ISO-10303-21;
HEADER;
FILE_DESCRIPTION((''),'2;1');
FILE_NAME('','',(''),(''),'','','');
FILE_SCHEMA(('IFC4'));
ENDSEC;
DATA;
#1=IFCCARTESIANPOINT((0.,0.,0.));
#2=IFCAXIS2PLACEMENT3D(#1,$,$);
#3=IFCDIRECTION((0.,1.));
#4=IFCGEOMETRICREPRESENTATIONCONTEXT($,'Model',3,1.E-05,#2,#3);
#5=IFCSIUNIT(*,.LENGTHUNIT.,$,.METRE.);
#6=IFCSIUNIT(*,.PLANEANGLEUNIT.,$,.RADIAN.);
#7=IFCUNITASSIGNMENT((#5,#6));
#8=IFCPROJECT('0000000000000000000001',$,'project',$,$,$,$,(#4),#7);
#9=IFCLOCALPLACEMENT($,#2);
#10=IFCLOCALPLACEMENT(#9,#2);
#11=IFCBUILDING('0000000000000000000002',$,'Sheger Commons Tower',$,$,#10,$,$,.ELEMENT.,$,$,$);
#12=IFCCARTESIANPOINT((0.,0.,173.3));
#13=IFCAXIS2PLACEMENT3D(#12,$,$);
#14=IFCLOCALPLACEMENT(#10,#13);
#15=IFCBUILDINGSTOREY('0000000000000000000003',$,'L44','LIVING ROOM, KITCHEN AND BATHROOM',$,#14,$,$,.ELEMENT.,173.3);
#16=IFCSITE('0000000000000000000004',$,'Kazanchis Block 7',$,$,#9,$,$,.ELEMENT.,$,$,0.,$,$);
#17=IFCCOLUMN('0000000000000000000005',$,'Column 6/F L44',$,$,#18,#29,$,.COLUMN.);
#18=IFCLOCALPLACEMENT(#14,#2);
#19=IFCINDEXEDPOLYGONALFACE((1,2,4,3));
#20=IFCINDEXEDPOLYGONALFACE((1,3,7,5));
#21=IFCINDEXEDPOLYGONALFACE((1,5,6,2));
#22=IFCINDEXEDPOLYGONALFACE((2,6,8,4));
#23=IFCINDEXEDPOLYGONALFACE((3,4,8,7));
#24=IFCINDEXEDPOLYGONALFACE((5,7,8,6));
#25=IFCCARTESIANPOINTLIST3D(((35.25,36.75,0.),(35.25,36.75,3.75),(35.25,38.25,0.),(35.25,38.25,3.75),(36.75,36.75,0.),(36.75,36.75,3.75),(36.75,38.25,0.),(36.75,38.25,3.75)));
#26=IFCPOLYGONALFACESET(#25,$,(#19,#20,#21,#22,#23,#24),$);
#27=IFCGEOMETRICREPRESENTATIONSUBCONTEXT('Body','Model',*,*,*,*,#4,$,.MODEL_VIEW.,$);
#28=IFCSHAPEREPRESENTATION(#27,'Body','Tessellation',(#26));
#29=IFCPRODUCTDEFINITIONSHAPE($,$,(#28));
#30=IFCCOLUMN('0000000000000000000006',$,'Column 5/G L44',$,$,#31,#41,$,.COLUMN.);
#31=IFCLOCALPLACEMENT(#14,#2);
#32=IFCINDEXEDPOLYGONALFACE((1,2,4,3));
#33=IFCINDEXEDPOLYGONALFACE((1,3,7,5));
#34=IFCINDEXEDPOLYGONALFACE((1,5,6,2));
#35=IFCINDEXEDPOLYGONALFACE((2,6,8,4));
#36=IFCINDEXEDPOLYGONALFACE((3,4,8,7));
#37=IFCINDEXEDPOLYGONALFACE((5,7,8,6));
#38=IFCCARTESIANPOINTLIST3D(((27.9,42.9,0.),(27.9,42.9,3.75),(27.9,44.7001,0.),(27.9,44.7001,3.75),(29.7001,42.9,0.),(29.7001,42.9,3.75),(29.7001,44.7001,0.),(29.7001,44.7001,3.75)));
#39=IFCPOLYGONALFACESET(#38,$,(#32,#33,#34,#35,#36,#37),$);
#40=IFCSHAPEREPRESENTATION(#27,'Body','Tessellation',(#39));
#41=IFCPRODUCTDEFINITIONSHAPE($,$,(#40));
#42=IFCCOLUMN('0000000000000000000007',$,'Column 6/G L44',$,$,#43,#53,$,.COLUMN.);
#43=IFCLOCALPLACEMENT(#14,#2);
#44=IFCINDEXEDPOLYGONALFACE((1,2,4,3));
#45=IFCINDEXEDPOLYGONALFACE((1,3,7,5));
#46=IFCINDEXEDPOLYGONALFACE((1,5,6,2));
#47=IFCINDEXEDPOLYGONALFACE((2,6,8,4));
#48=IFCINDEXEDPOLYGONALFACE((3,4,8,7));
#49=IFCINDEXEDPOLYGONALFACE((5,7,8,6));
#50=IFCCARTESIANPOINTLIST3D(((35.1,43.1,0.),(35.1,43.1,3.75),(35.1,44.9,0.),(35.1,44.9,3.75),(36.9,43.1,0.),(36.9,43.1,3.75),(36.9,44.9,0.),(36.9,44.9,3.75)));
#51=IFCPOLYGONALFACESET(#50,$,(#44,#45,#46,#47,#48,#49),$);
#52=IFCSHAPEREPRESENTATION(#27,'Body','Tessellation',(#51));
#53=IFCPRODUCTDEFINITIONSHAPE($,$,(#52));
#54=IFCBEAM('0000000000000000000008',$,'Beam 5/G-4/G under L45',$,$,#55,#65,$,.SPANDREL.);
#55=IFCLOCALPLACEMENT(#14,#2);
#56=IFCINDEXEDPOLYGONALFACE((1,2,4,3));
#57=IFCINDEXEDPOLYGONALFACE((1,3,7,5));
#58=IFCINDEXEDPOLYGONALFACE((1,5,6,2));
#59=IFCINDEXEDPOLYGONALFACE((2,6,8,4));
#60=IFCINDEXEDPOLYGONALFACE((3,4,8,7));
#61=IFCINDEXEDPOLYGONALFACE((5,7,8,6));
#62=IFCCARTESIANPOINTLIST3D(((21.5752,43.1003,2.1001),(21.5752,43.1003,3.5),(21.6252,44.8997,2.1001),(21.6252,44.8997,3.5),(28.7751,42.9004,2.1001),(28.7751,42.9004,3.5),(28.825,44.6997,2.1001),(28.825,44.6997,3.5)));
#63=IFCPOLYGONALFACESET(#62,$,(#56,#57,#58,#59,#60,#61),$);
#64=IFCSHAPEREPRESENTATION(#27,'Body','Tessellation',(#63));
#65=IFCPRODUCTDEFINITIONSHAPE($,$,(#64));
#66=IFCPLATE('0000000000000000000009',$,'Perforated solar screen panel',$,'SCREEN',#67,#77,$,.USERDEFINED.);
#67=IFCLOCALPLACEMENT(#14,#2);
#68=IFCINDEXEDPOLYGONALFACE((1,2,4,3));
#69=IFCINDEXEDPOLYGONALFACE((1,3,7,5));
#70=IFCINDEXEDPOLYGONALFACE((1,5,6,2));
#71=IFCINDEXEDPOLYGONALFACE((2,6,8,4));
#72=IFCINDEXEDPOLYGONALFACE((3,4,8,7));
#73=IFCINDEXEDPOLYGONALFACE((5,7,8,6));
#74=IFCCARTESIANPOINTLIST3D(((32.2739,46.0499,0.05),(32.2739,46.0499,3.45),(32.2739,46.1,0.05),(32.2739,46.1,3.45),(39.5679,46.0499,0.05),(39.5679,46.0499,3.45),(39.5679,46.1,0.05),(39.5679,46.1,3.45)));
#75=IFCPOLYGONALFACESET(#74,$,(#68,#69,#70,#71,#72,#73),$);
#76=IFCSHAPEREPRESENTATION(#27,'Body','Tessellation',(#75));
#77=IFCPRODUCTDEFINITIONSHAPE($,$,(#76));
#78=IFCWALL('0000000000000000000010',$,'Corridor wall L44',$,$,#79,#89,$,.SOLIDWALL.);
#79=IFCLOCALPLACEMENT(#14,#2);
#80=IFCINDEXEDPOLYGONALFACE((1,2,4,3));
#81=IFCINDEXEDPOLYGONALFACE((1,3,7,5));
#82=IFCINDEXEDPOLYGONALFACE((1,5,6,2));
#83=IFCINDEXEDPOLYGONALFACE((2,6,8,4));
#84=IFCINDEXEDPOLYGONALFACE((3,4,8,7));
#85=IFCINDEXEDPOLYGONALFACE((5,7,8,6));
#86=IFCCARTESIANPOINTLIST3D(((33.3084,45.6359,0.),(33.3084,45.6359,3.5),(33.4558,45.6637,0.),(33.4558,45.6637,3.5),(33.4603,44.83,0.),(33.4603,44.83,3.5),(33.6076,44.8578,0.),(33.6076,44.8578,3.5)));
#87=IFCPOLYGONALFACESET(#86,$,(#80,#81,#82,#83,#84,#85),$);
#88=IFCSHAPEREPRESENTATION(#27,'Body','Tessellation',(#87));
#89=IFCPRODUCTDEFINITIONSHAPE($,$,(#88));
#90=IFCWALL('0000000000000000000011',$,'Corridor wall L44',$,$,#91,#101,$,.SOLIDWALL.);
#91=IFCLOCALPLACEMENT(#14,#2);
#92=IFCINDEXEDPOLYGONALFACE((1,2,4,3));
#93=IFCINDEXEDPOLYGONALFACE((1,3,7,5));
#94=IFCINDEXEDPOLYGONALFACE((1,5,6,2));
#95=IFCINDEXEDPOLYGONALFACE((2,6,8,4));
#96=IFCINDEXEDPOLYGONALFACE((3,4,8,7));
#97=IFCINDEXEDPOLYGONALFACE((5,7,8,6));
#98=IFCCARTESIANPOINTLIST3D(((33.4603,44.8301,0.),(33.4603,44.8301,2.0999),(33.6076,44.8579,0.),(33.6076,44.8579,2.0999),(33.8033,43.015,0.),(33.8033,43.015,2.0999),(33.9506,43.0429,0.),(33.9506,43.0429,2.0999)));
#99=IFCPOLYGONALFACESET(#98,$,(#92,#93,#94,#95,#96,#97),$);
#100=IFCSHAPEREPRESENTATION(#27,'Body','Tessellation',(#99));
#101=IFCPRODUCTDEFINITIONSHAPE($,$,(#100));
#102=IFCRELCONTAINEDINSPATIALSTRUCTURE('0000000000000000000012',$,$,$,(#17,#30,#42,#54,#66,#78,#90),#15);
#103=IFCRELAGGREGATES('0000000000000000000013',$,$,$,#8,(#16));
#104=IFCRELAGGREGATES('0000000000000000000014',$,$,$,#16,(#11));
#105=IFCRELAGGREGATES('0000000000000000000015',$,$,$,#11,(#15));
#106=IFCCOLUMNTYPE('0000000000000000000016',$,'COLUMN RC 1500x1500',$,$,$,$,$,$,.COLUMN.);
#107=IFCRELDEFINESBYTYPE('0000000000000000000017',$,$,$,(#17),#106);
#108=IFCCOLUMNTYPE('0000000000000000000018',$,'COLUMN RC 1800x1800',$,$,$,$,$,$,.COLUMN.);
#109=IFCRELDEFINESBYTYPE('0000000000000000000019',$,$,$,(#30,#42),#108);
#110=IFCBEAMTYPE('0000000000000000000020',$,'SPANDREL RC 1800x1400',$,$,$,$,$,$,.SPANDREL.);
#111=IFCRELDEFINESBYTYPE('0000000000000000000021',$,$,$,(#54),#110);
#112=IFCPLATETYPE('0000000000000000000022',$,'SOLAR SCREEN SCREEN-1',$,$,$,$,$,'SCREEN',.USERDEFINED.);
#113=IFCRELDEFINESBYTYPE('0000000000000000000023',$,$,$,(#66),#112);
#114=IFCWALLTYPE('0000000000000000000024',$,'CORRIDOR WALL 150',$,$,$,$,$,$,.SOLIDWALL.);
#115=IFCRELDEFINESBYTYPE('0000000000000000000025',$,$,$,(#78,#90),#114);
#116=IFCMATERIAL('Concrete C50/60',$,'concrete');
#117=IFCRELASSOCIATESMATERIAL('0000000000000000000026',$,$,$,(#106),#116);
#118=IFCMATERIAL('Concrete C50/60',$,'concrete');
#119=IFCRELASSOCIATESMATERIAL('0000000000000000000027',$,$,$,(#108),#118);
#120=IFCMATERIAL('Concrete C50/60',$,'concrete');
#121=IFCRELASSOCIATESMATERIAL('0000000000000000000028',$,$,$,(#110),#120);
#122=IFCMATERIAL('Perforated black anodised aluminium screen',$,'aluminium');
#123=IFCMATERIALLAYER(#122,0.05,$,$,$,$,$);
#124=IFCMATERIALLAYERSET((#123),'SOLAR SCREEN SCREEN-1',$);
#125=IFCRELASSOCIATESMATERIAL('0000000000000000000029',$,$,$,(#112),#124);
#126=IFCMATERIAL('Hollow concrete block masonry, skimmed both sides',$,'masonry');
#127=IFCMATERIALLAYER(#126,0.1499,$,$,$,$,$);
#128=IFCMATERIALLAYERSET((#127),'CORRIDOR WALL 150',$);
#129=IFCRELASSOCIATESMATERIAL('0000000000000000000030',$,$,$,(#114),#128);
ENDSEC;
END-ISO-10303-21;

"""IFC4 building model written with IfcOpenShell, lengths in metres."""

from ifc_helpers import new_model, si_unit, direction, frame, frame_2d, origin, origin_2d, place, context, subcontext, project, spatial, rectangle, extrude, material, layer, layer_set, material_profile, profile_set, type_object, element, save


model = new_model("IFC4")

# Units and contexts
model_context = context("Model", 3, precision=1e-05, world=origin(), true_north=direction((0.0, 1.0)))
body_context = subcontext(model_context, "Body", "Model", "MODEL_VIEW")
ifc_project = project(units=[si_unit("LENGTHUNIT", "METRE"), si_unit("PLANEANGLEUNIT", "RADIAN")], contexts=[model_context])

# Site, building, storey
site_placement = place(None, origin())
site = spatial("IfcSite", under=ifc_project, at=site_placement, Name="Kazanchis Block 7", CompositionType="ELEMENT", RefElevation=0.0)
building_placement = place(site_placement, origin())
building = spatial("IfcBuilding", under=site, at=building_placement, Name="Sheger Commons Tower", CompositionType="ELEMENT")
storey_placement = place(building_placement, frame((0.0, 0.0, 173.3)))
storey = spatial("IfcBuildingStorey", under=building, at=storey_placement, Name="L44", Description="LIVING ROOM, KITCHEN AND BATHROOM", CompositionType="ELEMENT", Elevation=173.3)

# Columns
ifc_material_1 = material(Name="Concrete C50/60", Category="concrete")
ifc_material_profile_1 = material_profile(ifc_material_1, rectangle(XDim=1.5, YDim=1.5, at=origin_2d()), Name="RC 1500x1500")
ifc_profile_set_1 = profile_set([ifc_material_profile_1], Name="Concrete C50/60")
column_type_1 = type_object("IfcColumnType", Name="COLUMN RC 1500x1500", PredefinedType="COLUMN", material=ifc_profile_set_1)
column_placement = place(storey_placement, frame((36.0, 37.5, 0.0), z_axis=(0.0, 0.0, 1.0), x_axis=(1.0, 0.0, 0.0)))
element("IfcColumn", 1, at=column_placement, inside=storey, type_object=column_type_1, Name="Column 6/F L44", PredefinedType="COLUMN", context=body_context, shape_type="SweptSolid", body=[
    extrude(rectangle(XDim=1.5, YDim=1.5, at=origin_2d()), origin(), (0.0, 0.0, 1.0), 3.75),
])
ifc_material_2 = material(Name="Concrete C50/60", Category="concrete")
ifc_material_profile_2 = material_profile(ifc_material_2, rectangle(XDim=1.8, YDim=1.8, at=origin_2d()), Name="RC 1800x1800")
ifc_profile_set_2 = profile_set([ifc_material_profile_2], Name="Concrete C50/60")
column_type_2 = type_object("IfcColumnType", Name="COLUMN RC 1800x1800", PredefinedType="COLUMN", material=ifc_profile_set_2)
for number, where, z_axis, x_axis, name in (
    (2, (28.8, 43.8, 0.0), (0.0, 0.0, 1.0), (1.0, 0.0, 0.0), "Column 5/G L44"),
    (3, (36.0, 44.0, 0.0), (0.0, 0.0, 1.0), (1.0, 0.0, 0.0), "Column 6/G L44"),
):
    element("IfcColumn", number, at=place(storey_placement, frame(where, z_axis=z_axis, x_axis=x_axis)), inside=storey, type_object=column_type_2, Name=name, PredefinedType="COLUMN", context=body_context, shape_type="SweptSolid", body=[
        extrude(rectangle(XDim=1.8, YDim=1.8, at=origin_2d()), origin(), (0.0, 0.0, 1.0), 3.75),
    ])

# Beam
ifc_material_3 = material(Name="Concrete C50/60", Category="concrete")
ifc_material_profile_3 = material_profile(ifc_material_3, rectangle(XDim=1.8, YDim=1.3999, at=origin_2d()), Name="RC 1800x1400")
ifc_profile_set_3 = profile_set([ifc_material_profile_3], Name="Concrete C50/60")
beam_type = type_object("IfcBeamType", Name="SPANDREL RC 1800x1400", PredefinedType="SPANDREL", material=ifc_profile_set_3)
beam_placement = place(storey_placement, frame((28.8, 43.8, 2.8), z_axis=(-0.999615, 0.02776, 0.0), x_axis=(-0.02776, -0.999615, 0.0)))
element("IfcBeam", 4, at=beam_placement, inside=storey, type_object=beam_type, Name="Beam 5/G-4/G under L45", PredefinedType="SPANDREL", context=body_context, shape_type="SweptSolid", body=[
    extrude(rectangle(XDim=1.8, YDim=1.3999, at=origin_2d()), origin(), (0.0, 0.0, 1.0), 7.2026),
])

# Plate
ifc_material_4 = material(Name="Perforated black anodised aluminium screen", Category="aluminium")
ifc_layer_1 = layer(ifc_material_4, 0.05)
ifc_layer_set_1 = layer_set([ifc_layer_1], Name="SOLAR SCREEN SCREEN-1")
plate_type = type_object("IfcPlateType", Name="SOLAR SCREEN SCREEN-1", ElementType="SCREEN", PredefinedType="USERDEFINED", material=ifc_layer_set_1)
plate_placement = place(storey_placement, frame((35.9209, 46.075, 0.05), z_axis=(0.0, 0.0, 1.0), x_axis=(-1.0, 0.0, 0.0)))
element("IfcPlate", 5, at=plate_placement, inside=storey, type_object=plate_type, Name="Perforated solar screen panel", ObjectType="SCREEN", PredefinedType="USERDEFINED", context=body_context, shape_type="SweptSolid", body=[
    extrude(rectangle(XDim=7.2939, YDim=0.05, at=origin_2d()), origin(), (0.0, 0.0, 1.0), 3.3999),
])

# Walls
ifc_material_5 = material(Name="Hollow concrete block masonry, skimmed both sides", Category="masonry")
ifc_layer_2 = layer(ifc_material_5, 0.1499)
ifc_layer_set_2 = layer_set([ifc_layer_2], Name="CORRIDOR WALL 150")
wall_type_1 = type_object("IfcWallType", Name="CORRIDOR WALL 150", PredefinedType="SOLIDWALL", material=ifc_layer_set_2)
wall_1_placement = place(storey_placement, frame((33.3821, 45.6499, 0.0), z_axis=(0.0, 0.0, 1.0), x_axis=(0.185169, -0.982707, 0.0)))
element("IfcWall", 6, at=wall_1_placement, inside=storey, type_object=wall_type_1, Name="Corridor wall L44", PredefinedType="SOLIDWALL", context=body_context, shape_type="SweptSolid", body=[
    extrude(rectangle(XDim=0.8201, YDim=0.1499, at=frame_2d((0.4102, 0.0))), origin(), (0.0, 0.0, 1.0), 3.5),
])
wall_2_placement = place(storey_placement, frame((33.5339, 44.844, 0.0), z_axis=(0.0, 0.0, 1.0), x_axis=(0.185709, -0.982605, 0.0)))
element("IfcWall", 7, at=wall_2_placement, inside=storey, type_object=wall_type_1, Name="Corridor wall L44", PredefinedType="SOLIDWALL", context=body_context, shape_type="SweptSolid", body=[
    extrude(rectangle(XDim=1.8472, YDim=0.1499, at=frame_2d((0.9236, 0.0))), origin(), (0.0, 0.0, 1.0), 2.0999),
])

save(model, "model.ifc")
